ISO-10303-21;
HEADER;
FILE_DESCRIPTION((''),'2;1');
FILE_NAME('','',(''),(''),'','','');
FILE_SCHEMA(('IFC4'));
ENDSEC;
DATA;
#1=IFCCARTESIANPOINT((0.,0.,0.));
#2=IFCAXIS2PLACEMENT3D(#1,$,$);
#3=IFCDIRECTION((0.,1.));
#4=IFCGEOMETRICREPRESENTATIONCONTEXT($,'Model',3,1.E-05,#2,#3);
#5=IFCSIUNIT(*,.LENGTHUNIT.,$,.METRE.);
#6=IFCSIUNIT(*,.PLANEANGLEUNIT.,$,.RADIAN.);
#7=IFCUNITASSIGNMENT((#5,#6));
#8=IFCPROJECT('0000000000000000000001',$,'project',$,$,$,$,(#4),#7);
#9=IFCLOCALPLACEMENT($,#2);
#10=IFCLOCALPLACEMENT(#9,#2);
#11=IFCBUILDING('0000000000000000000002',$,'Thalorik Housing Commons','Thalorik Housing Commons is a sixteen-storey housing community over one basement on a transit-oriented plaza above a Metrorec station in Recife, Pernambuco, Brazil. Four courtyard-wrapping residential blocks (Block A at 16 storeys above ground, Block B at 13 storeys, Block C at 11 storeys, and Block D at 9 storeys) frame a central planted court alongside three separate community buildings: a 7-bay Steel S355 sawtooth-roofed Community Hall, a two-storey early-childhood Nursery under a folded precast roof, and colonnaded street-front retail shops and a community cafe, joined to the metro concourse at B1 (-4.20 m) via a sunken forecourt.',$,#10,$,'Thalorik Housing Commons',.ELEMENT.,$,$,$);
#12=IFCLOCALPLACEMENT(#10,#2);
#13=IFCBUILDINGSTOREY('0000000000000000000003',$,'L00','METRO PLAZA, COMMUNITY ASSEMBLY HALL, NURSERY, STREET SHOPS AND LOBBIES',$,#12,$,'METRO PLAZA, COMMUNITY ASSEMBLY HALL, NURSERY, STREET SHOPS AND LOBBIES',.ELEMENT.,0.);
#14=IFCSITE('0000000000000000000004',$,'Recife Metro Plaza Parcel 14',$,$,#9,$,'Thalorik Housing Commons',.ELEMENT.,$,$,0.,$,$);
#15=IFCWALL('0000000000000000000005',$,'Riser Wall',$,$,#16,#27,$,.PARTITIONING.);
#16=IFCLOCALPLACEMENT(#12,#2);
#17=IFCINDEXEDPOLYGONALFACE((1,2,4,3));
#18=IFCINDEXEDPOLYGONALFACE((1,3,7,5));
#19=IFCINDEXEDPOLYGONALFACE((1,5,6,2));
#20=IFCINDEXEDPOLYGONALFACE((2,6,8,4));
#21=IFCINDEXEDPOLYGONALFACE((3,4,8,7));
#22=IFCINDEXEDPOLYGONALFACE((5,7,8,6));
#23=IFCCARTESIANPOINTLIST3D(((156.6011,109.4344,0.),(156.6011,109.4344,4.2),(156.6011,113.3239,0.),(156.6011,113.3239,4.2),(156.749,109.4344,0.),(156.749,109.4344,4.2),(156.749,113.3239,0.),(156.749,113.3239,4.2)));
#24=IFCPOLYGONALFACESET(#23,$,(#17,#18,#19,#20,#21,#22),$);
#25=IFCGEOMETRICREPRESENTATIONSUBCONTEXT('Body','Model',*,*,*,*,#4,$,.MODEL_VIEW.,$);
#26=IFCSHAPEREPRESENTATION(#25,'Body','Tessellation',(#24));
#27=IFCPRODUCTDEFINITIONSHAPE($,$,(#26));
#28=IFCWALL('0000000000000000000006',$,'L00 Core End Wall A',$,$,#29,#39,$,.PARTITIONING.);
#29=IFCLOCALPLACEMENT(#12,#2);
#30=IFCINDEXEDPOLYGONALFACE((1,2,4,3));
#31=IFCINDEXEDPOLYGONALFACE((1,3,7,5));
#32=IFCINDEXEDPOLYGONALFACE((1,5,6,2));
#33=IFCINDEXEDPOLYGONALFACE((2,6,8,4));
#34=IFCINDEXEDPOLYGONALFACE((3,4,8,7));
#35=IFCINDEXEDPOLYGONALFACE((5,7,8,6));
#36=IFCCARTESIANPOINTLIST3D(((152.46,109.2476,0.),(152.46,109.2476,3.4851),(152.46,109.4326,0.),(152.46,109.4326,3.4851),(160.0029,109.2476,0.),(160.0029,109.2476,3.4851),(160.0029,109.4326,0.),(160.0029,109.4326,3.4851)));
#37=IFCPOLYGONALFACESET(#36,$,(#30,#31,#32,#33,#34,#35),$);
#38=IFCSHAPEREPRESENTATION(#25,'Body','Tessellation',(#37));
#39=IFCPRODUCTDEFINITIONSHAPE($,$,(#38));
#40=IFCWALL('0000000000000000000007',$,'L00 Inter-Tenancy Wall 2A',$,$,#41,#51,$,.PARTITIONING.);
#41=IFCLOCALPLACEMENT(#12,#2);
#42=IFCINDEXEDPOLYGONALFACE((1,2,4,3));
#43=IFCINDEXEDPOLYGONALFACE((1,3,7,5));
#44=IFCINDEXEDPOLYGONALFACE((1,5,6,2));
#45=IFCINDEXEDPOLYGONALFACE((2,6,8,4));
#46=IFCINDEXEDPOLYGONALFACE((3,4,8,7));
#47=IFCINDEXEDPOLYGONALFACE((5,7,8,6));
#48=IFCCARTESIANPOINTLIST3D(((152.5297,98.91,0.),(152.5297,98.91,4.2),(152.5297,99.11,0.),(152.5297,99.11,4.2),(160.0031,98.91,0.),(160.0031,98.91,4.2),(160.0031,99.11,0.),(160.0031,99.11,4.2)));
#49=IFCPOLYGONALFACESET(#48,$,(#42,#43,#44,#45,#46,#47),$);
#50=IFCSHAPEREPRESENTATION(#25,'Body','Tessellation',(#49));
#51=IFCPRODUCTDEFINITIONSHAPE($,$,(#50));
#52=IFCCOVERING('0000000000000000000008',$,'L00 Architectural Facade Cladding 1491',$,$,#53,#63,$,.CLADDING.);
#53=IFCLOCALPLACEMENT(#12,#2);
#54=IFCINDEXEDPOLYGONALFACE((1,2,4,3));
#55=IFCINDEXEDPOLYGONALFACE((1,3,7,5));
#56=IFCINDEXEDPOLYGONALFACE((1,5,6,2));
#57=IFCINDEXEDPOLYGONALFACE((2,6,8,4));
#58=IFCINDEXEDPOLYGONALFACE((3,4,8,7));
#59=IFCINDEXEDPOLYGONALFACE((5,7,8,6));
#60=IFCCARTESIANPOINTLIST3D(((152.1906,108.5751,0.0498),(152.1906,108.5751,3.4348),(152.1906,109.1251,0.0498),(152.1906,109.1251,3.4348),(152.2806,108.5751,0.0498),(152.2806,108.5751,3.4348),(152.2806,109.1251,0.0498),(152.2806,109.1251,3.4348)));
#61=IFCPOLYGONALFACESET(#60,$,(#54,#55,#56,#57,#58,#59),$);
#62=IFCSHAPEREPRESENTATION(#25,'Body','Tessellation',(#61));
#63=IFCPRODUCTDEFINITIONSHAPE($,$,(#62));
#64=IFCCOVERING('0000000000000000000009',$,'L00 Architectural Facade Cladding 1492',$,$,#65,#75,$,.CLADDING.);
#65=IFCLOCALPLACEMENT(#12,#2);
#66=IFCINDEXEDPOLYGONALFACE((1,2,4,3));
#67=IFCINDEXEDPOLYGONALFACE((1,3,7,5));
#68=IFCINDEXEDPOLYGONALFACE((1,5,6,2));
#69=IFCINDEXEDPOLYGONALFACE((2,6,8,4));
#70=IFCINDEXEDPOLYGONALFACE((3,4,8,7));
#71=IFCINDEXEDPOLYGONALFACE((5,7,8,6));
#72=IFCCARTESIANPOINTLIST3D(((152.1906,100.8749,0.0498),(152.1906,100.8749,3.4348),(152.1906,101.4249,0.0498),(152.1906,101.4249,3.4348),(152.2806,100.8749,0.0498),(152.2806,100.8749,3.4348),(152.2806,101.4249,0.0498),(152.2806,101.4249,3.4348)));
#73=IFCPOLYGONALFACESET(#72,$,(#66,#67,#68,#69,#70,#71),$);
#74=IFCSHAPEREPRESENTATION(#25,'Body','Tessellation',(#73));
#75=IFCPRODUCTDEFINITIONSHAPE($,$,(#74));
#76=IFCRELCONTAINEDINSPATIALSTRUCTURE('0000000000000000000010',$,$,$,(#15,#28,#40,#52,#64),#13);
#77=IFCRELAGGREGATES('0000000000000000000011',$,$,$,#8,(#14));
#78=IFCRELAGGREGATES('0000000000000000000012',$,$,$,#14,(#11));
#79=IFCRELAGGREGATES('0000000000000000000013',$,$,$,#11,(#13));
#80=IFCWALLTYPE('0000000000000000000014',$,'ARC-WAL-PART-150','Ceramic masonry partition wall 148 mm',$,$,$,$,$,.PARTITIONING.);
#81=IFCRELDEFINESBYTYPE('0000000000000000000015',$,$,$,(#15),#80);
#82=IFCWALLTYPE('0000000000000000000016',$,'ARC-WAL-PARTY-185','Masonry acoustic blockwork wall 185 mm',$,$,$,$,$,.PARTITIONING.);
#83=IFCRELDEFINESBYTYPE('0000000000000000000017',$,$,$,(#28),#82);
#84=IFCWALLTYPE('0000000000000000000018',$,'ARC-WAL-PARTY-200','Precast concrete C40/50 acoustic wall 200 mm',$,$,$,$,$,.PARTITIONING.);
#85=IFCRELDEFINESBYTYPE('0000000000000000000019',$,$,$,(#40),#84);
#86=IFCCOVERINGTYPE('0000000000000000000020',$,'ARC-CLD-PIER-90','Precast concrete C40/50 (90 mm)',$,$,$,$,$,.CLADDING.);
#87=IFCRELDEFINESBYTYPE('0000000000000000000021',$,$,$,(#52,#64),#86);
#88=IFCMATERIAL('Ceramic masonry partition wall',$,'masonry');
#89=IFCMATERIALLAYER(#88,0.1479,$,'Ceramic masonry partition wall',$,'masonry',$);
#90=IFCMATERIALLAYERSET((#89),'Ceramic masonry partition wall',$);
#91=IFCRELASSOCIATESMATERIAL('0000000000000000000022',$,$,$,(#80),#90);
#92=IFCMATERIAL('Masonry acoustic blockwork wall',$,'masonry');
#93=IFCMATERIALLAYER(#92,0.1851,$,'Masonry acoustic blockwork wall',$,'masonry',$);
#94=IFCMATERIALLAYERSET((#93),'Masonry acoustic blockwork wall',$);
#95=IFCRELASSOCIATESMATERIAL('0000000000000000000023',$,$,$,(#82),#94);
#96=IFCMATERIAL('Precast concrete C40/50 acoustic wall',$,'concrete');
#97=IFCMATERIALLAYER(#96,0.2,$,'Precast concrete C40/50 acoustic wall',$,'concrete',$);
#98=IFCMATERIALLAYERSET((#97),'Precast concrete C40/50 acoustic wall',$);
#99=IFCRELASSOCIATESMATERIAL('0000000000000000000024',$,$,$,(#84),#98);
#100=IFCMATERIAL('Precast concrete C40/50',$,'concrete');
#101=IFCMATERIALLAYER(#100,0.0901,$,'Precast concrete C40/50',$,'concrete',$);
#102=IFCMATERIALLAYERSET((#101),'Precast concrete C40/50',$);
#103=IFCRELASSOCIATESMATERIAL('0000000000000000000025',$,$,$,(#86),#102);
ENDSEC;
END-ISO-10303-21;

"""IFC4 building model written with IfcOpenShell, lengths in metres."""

from ifc_helpers import new_model, si_unit, direction, frame, frame_2d, origin, origin_2d, place, context, subcontext, project, spatial, rectangle, extrude, material, layer, layer_set, type_object, element, save


model = new_model("IFC4")

# Units and contexts
model_context = context("Model", 3, precision=1e-05, world=origin(), true_north=direction((0.0, 1.0)))
body_context = subcontext(model_context, "Body", "Model", "MODEL_VIEW")
ifc_project = project(units=[si_unit("LENGTHUNIT", "METRE"), si_unit("PLANEANGLEUNIT", "RADIAN")], contexts=[model_context])

# Site, building, storey
site_placement = place(None, origin())
site = spatial("IfcSite", under=ifc_project, at=site_placement, Name="Recife Metro Plaza Parcel 14", LongName="Thalorik Housing Commons", CompositionType="ELEMENT", RefElevation=0.0)
building_placement = place(site_placement, origin())
building = spatial("IfcBuilding", under=site, at=building_placement, Name="Thalorik Housing Commons", Description="Thalorik Housing Commons is a sixteen-storey housing community over one basement on a transit-oriented plaza above a Metrorec station in Recife, Pernambuco, Brazil. Four courtyard-wrapping residential blocks (Block A at 16 storeys above ground, Block B at 13 storeys, Block C at 11 storeys, and Block D at 9 storeys) frame a central planted court alongside three separate community buildings: a 7-bay Steel S355 sawtooth-roofed Community Hall, a two-storey early-childhood Nursery under a folded precast roof, and colonnaded street-front retail shops and a community cafe, joined to the metro concourse at B1 (-4.20 m) via a sunken forecourt.", LongName="Thalorik Housing Commons", CompositionType="ELEMENT")
storey_placement = place(building_placement, origin())
storey = spatial("IfcBuildingStorey", under=building, at=storey_placement, Name="L00", Description="METRO PLAZA, COMMUNITY ASSEMBLY HALL, NURSERY, STREET SHOPS AND LOBBIES", LongName="METRO PLAZA, COMMUNITY ASSEMBLY HALL, NURSERY, STREET SHOPS AND LOBBIES", CompositionType="ELEMENT", Elevation=0.0)

# Shared definitions
ifc_material_1 = material(Name="Precast concrete C40/50", Category="concrete")

# Walls
ifc_material_2 = material(Name="Ceramic masonry partition wall", Category="masonry")
ifc_layer_1 = layer(ifc_material_2, 0.1479, Name="Ceramic masonry partition wall", Category="masonry")
ifc_layer_set_1 = layer_set([ifc_layer_1], Name="Ceramic masonry partition wall")
wall_type_1 = type_object("IfcWallType", Name="ARC-WAL-PART-150", Description="Ceramic masonry partition wall 148 mm", PredefinedType="PARTITIONING", material=ifc_layer_set_1)
for number, where, z_axis, x_axis, name in (
    (1, (156.675, 113.324, 0.0), (0.0, 0.0, 1.0), (0.0, -1.0, 0.0), "Riser Wall"),
):
    element("IfcWall", number, at=place(storey_placement, frame(where, z_axis=z_axis, x_axis=x_axis)), inside=storey, type_object=wall_type_1, Name=name, PredefinedType="PARTITIONING", context=body_context, shape_type="SweptSolid", body=[
        extrude(rectangle(XDim=3.8894, YDim=0.1479, at=frame_2d((1.9448, 0.0))), origin(), (0.0, 0.0, 1.0), 4.2),
    ])
ifc_material_3 = material(Name="Masonry acoustic blockwork wall", Category="masonry")
ifc_layer_2 = layer(ifc_material_3, 0.1851, Name="Masonry acoustic blockwork wall", Category="masonry")
ifc_layer_set_2 = layer_set([ifc_layer_2], Name="Masonry acoustic blockwork wall")
wall_type_2 = type_object("IfcWallType", Name="ARC-WAL-PARTY-185", Description="Masonry acoustic blockwork wall 185 mm", PredefinedType="PARTITIONING", material=ifc_layer_set_2)
wall_1_placement = place(storey_placement, frame((152.46, 109.3401, 0.0), z_axis=(0.0, 0.0, 1.0), x_axis=(1.0, 0.0, 0.0)))
element("IfcWall", 2, at=wall_1_placement, inside=storey, type_object=wall_type_2, Name="L00 Core End Wall A", PredefinedType="PARTITIONING", context=body_context, shape_type="SweptSolid", body=[
    extrude(rectangle(XDim=7.543, YDim=0.1851, at=frame_2d((3.7715, 0.0))), origin(), (0.0, 0.0, 1.0), 3.4851),
])
ifc_material_4 = material(Name="Precast concrete C40/50 acoustic wall", Category="concrete")
ifc_layer_3 = layer(ifc_material_4, 0.2, Name="Precast concrete C40/50 acoustic wall", Category="concrete")
ifc_layer_set_3 = layer_set([ifc_layer_3], Name="Precast concrete C40/50 acoustic wall")
wall_type_3 = type_object("IfcWallType", Name="ARC-WAL-PARTY-200", Description="Precast concrete C40/50 acoustic wall 200 mm", PredefinedType="PARTITIONING", material=ifc_layer_set_3)
wall_2_placement = place(storey_placement, frame((152.5295, 99.01, 0.0), z_axis=(0.0, 0.0, 1.0), x_axis=(1.0, 0.0, 0.0)))
element("IfcWall", 3, at=wall_2_placement, inside=storey, type_object=wall_type_3, Name="L00 Inter-Tenancy Wall 2A", PredefinedType="PARTITIONING", context=body_context, shape_type="SweptSolid", body=[
    extrude(rectangle(XDim=7.4734, YDim=0.2, at=frame_2d((3.7368, 0.0))), origin(), (0.0, 0.0, 1.0), 4.2),
])

# Coverings
ifc_layer_4 = layer(ifc_material_1, 0.0901, Name="Precast concrete C40/50", Category="concrete")
ifc_layer_set_4 = layer_set([ifc_layer_4], Name="Precast concrete C40/50")
covering_type = type_object("IfcCoveringType", Name="ARC-CLD-PIER-90", Description="Precast concrete C40/50 (90 mm)", PredefinedType="CLADDING", material=ifc_layer_set_4)
for number, where, z_axis, x_axis, name in (
    (4, (152.2356, 108.8501, 0.0498), (0.0, 0.0, 1.0), (0.0, -1.0, 0.0), "L00 Architectural Facade Cladding 1491"),
    (5, (152.2356, 101.1499, 0.0498), (0.0, 0.0, 1.0), (0.0, -1.0, 0.0), "L00 Architectural Facade Cladding 1492"),
):
    element("IfcCovering", number, at=place(storey_placement, frame(where, z_axis=z_axis, x_axis=x_axis)), inside=storey, type_object=covering_type, Name=name, PredefinedType="CLADDING", context=body_context, shape_type="SweptSolid", body=[
        extrude(rectangle(XDim=0.55, YDim=0.0901, at=origin_2d()), origin(), (0.0, 0.0, 1.0), 3.385),
    ])

save(model, "model.ifc")
